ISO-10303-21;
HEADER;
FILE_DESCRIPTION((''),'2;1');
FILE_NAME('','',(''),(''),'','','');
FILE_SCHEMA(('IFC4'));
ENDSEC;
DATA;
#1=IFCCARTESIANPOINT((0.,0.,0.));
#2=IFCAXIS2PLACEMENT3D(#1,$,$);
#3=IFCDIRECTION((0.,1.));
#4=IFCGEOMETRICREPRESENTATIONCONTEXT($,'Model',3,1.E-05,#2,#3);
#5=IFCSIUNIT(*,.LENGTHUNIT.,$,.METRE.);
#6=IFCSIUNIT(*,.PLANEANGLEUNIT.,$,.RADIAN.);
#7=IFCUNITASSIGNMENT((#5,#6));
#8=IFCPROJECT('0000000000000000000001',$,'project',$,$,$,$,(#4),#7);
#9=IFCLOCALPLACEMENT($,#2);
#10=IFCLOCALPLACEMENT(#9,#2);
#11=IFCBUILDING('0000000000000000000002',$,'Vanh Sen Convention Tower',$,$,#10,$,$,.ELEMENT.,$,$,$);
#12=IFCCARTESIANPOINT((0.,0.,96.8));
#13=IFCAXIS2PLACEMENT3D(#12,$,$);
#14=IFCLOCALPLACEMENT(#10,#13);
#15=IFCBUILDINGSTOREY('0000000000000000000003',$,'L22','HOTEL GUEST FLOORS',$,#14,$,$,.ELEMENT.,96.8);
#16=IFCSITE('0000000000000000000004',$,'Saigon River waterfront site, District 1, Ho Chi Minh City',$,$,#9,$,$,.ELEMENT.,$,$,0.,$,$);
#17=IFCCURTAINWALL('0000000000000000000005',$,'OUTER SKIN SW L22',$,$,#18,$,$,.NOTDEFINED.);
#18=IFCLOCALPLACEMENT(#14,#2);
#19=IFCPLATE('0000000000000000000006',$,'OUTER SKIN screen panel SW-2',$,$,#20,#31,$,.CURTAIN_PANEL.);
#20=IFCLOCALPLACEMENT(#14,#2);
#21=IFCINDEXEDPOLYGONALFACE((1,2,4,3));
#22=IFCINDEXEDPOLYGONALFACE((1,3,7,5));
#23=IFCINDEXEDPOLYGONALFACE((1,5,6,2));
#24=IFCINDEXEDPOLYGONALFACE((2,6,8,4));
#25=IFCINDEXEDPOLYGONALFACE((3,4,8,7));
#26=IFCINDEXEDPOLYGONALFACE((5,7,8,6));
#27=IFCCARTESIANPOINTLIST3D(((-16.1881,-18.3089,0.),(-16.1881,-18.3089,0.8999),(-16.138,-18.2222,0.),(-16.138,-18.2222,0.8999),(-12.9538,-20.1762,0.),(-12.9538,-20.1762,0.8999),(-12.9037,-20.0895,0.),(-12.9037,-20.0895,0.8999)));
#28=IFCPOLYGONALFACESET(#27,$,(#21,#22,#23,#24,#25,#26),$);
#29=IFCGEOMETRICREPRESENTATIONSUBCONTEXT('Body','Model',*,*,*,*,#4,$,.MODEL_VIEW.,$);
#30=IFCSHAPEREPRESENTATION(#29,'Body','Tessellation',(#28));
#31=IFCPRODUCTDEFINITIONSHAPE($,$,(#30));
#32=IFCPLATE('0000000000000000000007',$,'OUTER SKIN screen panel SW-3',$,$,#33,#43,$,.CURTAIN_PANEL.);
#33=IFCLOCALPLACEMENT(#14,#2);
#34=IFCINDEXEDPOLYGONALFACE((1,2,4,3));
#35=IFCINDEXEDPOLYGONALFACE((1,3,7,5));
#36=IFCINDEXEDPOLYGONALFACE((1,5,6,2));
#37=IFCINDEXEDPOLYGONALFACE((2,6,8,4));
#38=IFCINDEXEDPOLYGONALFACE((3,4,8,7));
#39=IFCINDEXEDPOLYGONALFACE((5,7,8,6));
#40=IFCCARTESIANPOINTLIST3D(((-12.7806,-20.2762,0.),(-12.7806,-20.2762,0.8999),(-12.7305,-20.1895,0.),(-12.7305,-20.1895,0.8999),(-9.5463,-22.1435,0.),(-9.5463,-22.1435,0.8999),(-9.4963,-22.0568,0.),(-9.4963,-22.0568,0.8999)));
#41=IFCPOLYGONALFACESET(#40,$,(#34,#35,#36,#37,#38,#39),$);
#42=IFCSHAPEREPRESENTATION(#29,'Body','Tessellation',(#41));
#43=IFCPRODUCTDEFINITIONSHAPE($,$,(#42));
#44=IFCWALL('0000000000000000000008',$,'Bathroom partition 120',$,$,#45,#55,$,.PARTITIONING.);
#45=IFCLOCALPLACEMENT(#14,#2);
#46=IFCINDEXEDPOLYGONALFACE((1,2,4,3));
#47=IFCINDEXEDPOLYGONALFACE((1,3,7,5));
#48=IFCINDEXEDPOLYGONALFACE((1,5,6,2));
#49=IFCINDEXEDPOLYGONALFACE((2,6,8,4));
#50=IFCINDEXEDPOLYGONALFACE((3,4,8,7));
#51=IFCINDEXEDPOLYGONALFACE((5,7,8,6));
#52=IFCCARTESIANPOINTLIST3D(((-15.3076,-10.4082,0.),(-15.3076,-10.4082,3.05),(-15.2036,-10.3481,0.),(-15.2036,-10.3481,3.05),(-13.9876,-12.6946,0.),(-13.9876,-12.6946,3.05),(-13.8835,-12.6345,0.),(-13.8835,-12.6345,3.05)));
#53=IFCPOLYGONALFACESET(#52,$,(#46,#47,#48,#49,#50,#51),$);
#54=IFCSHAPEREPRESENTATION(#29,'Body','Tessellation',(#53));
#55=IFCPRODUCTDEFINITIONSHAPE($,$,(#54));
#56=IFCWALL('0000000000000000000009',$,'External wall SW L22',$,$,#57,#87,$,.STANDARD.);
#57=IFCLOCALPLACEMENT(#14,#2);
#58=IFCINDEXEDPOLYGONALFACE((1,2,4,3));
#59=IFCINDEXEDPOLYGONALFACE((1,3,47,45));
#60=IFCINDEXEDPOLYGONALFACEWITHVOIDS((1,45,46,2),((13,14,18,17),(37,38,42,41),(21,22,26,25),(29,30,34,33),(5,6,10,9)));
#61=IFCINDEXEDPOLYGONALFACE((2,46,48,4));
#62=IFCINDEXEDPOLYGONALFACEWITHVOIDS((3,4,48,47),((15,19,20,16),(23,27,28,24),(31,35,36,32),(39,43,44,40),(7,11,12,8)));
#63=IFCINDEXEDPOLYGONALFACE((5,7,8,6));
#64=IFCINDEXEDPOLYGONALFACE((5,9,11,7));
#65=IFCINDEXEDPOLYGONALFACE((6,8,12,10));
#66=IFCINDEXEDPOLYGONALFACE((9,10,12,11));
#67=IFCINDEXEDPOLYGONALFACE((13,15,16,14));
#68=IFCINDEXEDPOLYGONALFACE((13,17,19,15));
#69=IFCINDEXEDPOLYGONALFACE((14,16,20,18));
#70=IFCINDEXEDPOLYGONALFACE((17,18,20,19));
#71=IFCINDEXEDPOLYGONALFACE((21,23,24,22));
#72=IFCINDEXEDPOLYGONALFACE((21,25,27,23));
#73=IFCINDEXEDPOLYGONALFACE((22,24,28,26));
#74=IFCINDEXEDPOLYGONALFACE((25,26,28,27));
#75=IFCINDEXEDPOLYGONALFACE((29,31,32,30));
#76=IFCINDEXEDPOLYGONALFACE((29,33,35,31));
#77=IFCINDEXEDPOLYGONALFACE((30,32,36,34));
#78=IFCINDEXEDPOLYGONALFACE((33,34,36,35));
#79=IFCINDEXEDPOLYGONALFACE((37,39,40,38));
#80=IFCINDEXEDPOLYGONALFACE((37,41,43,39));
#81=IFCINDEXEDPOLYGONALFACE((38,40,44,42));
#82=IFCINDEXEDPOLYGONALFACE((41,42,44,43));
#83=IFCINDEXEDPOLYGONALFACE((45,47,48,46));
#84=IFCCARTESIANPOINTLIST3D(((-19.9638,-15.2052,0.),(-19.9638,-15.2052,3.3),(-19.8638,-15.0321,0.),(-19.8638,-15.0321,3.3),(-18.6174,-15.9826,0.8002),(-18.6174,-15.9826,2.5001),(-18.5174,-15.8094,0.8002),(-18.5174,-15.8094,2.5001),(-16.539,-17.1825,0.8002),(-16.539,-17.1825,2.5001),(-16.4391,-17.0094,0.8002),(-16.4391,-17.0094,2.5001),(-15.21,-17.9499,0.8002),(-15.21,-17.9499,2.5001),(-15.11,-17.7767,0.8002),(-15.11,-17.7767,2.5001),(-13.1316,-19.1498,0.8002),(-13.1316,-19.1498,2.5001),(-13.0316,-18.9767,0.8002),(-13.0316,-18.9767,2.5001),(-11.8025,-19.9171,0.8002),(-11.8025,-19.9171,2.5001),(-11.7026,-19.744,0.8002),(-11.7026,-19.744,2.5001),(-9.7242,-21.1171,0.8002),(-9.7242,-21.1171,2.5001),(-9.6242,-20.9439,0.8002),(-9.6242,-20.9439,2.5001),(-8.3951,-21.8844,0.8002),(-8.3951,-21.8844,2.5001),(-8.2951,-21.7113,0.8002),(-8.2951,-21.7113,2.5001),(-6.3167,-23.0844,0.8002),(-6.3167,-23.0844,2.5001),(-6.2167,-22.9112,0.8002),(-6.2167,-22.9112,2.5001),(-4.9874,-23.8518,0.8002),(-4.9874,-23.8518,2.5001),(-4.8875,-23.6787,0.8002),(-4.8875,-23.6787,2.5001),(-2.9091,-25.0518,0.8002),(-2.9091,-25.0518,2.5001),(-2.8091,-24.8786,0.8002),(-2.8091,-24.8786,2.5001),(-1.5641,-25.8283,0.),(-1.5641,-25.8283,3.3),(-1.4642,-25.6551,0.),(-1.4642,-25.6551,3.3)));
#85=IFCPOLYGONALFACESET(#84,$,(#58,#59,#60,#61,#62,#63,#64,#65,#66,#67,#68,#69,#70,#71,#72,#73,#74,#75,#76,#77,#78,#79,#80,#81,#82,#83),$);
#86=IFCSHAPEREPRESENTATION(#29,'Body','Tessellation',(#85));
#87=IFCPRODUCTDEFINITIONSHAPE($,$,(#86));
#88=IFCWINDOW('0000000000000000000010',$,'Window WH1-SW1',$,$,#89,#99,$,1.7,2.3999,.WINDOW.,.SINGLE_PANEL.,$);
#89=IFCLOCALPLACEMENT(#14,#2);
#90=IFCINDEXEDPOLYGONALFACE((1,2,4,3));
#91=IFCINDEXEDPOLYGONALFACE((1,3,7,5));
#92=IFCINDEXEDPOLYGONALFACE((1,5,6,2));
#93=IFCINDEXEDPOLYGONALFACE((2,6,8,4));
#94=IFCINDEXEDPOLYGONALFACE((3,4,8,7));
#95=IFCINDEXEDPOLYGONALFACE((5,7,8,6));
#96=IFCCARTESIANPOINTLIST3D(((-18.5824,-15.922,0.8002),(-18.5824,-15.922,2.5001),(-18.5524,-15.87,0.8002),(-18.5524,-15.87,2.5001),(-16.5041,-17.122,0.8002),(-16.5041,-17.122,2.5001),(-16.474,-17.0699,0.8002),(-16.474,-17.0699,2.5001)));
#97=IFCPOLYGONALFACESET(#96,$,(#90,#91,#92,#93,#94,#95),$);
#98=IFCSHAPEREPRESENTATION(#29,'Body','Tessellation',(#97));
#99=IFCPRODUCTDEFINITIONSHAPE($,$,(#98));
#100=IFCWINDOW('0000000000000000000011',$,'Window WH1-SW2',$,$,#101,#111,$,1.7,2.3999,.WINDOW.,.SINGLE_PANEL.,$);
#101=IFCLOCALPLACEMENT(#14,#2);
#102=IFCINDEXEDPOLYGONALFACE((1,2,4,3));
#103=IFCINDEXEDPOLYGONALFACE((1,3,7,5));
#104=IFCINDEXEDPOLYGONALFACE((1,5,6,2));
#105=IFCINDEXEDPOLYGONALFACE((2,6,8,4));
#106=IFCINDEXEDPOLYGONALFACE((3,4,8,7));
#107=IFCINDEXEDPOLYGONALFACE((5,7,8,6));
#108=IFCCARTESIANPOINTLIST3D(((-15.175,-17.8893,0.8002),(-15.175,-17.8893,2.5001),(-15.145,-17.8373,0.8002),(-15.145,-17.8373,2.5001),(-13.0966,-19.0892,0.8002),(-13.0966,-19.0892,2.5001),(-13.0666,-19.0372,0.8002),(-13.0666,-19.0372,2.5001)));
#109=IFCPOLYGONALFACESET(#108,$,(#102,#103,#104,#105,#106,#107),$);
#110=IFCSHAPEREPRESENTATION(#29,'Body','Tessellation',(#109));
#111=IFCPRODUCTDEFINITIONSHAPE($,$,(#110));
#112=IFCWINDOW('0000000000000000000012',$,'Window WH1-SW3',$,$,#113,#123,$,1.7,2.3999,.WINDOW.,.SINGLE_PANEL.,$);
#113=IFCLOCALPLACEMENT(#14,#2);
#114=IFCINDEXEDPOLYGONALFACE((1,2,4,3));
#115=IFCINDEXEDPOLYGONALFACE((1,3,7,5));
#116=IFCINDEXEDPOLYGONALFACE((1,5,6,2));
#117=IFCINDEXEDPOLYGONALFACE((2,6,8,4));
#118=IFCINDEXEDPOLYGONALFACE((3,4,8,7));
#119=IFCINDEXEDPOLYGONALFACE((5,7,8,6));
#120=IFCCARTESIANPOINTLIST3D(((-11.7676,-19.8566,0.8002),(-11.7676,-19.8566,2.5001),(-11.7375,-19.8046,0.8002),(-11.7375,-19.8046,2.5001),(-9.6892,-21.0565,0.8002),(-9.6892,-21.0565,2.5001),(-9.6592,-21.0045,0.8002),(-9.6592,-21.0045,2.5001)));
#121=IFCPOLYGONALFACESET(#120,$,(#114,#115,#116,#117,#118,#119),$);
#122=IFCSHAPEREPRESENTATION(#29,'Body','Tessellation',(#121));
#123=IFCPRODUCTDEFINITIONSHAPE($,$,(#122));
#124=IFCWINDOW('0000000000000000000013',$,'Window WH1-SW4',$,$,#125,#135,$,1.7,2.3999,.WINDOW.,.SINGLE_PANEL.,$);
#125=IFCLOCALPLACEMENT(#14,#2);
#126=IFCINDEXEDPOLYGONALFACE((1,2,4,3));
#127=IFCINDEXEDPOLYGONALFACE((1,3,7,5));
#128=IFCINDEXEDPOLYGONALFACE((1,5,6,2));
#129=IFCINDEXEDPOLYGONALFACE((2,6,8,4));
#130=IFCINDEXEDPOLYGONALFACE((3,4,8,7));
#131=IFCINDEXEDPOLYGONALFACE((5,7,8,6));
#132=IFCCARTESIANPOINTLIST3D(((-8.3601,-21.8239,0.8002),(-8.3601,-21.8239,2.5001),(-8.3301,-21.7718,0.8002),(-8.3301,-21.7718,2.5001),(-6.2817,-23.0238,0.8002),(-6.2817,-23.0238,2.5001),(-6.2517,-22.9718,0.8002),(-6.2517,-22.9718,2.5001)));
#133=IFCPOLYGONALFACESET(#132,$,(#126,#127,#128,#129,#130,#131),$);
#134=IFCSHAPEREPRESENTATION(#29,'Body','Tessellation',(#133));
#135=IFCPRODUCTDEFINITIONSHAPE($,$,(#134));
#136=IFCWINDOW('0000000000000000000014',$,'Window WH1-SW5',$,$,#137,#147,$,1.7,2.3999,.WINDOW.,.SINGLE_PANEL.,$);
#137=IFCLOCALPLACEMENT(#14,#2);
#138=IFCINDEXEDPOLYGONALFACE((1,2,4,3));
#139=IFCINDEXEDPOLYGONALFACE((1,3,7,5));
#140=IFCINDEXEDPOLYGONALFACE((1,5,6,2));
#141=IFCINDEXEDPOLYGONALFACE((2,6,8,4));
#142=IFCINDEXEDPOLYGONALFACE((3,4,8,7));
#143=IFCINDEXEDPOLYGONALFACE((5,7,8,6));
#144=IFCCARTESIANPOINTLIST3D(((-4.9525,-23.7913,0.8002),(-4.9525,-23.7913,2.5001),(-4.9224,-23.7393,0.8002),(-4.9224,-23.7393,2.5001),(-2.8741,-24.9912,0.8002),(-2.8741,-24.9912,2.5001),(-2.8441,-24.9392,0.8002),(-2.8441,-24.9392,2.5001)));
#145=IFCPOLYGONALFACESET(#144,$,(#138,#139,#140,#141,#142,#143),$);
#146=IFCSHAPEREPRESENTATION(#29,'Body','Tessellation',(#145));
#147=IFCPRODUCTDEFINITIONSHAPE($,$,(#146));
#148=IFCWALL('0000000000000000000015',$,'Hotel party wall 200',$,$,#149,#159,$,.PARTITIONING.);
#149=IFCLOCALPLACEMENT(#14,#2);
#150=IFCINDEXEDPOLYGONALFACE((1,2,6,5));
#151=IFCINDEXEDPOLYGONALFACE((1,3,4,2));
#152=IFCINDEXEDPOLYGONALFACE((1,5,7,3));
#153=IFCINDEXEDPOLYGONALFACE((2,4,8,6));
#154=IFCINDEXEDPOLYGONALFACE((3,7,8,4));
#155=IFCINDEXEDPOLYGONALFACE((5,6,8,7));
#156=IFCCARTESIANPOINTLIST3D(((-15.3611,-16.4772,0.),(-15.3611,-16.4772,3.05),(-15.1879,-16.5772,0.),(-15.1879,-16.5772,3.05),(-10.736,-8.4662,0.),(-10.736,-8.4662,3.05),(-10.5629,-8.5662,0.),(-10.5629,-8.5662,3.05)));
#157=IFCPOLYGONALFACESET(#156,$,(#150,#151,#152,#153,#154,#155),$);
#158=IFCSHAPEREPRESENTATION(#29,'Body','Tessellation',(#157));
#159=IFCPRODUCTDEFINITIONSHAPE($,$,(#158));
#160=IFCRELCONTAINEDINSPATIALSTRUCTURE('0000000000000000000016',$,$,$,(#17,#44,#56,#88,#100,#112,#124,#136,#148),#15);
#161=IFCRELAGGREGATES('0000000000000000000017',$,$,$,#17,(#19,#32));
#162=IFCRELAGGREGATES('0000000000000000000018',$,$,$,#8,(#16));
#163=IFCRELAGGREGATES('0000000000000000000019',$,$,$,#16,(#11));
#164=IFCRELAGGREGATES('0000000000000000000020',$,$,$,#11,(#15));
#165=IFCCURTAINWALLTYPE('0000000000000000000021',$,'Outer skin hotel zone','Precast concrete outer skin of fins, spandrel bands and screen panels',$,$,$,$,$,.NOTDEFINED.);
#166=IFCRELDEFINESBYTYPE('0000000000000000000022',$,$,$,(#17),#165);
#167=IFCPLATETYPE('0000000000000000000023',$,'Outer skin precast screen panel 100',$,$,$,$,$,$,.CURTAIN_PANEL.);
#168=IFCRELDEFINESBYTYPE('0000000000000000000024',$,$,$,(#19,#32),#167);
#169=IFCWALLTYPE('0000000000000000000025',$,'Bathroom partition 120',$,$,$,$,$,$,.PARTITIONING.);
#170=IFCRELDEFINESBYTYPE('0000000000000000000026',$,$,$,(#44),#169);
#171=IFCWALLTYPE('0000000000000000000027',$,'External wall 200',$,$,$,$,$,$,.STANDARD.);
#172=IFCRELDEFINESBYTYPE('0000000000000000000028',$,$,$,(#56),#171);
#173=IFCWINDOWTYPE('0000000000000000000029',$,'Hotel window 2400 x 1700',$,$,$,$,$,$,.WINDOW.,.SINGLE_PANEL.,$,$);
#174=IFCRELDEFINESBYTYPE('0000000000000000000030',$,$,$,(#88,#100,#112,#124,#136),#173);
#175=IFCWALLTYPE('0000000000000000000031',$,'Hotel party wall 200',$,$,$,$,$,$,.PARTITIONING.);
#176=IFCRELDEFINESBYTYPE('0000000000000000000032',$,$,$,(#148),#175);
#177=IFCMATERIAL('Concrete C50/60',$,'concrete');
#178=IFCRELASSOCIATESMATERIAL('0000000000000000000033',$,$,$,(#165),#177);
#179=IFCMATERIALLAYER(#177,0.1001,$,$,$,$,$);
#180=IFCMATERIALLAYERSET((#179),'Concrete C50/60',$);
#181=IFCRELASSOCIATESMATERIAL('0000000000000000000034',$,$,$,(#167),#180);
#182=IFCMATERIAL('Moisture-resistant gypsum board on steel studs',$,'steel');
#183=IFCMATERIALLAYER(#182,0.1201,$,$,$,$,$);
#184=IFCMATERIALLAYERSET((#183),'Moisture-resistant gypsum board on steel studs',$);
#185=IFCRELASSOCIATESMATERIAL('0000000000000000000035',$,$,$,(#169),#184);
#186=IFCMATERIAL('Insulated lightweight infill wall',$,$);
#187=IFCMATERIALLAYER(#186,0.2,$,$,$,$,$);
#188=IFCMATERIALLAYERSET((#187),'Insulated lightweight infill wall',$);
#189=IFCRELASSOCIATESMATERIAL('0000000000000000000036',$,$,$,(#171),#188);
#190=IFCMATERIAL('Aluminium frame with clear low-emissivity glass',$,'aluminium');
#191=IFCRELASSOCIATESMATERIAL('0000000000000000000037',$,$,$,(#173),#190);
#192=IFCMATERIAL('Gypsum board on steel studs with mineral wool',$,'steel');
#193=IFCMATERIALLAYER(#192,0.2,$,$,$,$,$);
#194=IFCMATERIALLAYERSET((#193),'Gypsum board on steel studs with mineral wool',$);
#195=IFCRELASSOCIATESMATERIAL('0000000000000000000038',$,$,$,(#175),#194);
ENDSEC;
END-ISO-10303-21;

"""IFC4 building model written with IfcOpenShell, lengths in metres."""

from ifc_helpers import new_model, si_unit, direction, frame, frame_2d, origin, origin_2d, place, context, subcontext, project, spatial, rectangle, extrude, material, layer, layer_set, type_object, element, fill, aggregate, save


model = new_model("IFC4")

# Units and contexts
model_context = context("Model", 3, precision=1e-05, world=origin(), true_north=direction((0.0, 1.0)))
body_context = subcontext(model_context, "Body", "Model", "MODEL_VIEW")
ifc_project = project(units=[si_unit("LENGTHUNIT", "METRE"), si_unit("PLANEANGLEUNIT", "RADIAN")], contexts=[model_context])

# Site, building, storey
site_placement = place(None, origin())
site = spatial("IfcSite", under=ifc_project, at=site_placement, Name="Saigon River waterfront site, District 1, Ho Chi Minh City", CompositionType="ELEMENT", RefElevation=0.0)
building_placement = place(site_placement, origin())
building = spatial("IfcBuilding", under=site, at=building_placement, Name="Vanh Sen Convention Tower", CompositionType="ELEMENT")
storey_placement = place(building_placement, frame((0.0, 0.0, 96.8)))
storey = spatial("IfcBuildingStorey", under=building, at=storey_placement, Name="L22", Description="HOTEL GUEST FLOORS", CompositionType="ELEMENT", Elevation=96.8)

# Curtain wall
ifc_material_1 = material(Name="Concrete C50/60", Category="concrete")
curtain_wall_type = type_object("IfcCurtainWallType", Name="Outer skin hotel zone", Description="Precast concrete outer skin of fins, spandrel bands and screen panels", PredefinedType="NOTDEFINED", material=ifc_material_1)
curtain_wall_1_placement = place(storey_placement, origin())
curtain_wall_1 = element("IfcCurtainWall", 1, at=curtain_wall_1_placement, inside=storey, type_object=curtain_wall_type, Name="OUTER SKIN SW L22", PredefinedType="NOTDEFINED")

# Shared definitions
ifc_layer_1 = layer(ifc_material_1, 0.1001)
ifc_layer_set_1 = layer_set([ifc_layer_1], Name="Concrete C50/60")
plate_type = type_object("IfcPlateType", Name="Outer skin precast screen panel 100", PredefinedType="CURTAIN_PANEL", material=ifc_layer_set_1)

# Plates
plate_1_placement = place(storey_placement, frame((-14.5459, -19.1992, 0.0), z_axis=(0.0, 0.0, 1.0), x_axis=(0.866032, -0.499988, 0.0)))
plate_1 = element("IfcPlate", 2, at=plate_1_placement, type_object=plate_type, Name="OUTER SKIN screen panel SW-2", PredefinedType="CURTAIN_PANEL", context=body_context, shape_type="SweptSolid", body=[
    extrude(rectangle(XDim=3.7346, YDim=0.1001, at=origin_2d()), origin(), (0.0, 0.0, 1.0), 0.8999),
])
plate_2_placement = place(storey_placement, frame((-11.1384, -21.1665, 0.0), z_axis=(0.0, 0.0, 1.0), x_axis=(0.866028, -0.499995, 0.0)))
plate_2 = element("IfcPlate", 3, at=plate_2_placement, type_object=plate_type, Name="OUTER SKIN screen panel SW-3", PredefinedType="CURTAIN_PANEL", context=body_context, shape_type="SweptSolid", body=[
    extrude(rectangle(XDim=3.7346, YDim=0.1001, at=origin_2d()), origin(), (0.0, 0.0, 1.0), 0.8999),
])
aggregate(curtain_wall_1, [plate_1, plate_2])

# Wall
ifc_material_2 = material(Name="Moisture-resistant gypsum board on steel studs", Category="steel")
ifc_layer_2 = layer(ifc_material_2, 0.1201)
ifc_layer_set_2 = layer_set([ifc_layer_2], Name="Moisture-resistant gypsum board on steel studs")
wall_type_1 = type_object("IfcWallType", Name="Bathroom partition 120", PredefinedType="PARTITIONING", material=ifc_layer_set_2)
wall_1_placement = place(storey_placement, frame((-13.9355, -12.6646, 0.0), z_axis=(0.0, 0.0, 1.0), x_axis=(-0.500008, 0.866021, 0.0)))
element("IfcWall", 4, at=wall_1_placement, inside=storey, type_object=wall_type_1, Name="Bathroom partition 120", PredefinedType="PARTITIONING", context=body_context, shape_type="SweptSolid", body=[
    extrude(rectangle(XDim=2.6401, YDim=0.1201, at=frame_2d((1.3201, 0.0))), origin(), (0.0, 0.0, 1.0), 3.05),
])

# Wall, openings, windows
ifc_material_3 = material(Name="Insulated lightweight infill wall")
ifc_layer_3 = layer(ifc_material_3, 0.2)
ifc_layer_set_3 = layer_set([ifc_layer_3], Name="Insulated lightweight infill wall")
wall_type_2 = type_object("IfcWallType", Name="External wall 200", PredefinedType="STANDARD", material=ifc_layer_set_3)
wall_2_placement = place(storey_placement, frame((-19.9138, -15.1187, 0.0), z_axis=(0.0, 0.0, 1.0), x_axis=(0.866025, -0.5, 0.0)))
wall_2 = element("IfcWall", 5, at=wall_2_placement, inside=storey, type_object=wall_type_2, Name="External wall SW L22", PredefinedType="STANDARD", context=body_context, shape_type="SweptSolid", body=[
    extrude(rectangle(XDim=21.2461, YDim=0.2, at=frame_2d((10.623, 0.0))), origin(), (0.0, 0.0, 1.0), 3.3),
])
opening_1_placement = place(wall_2_placement, frame((1.5547, 0.0, 0.8)))
opening_1 = element("IfcOpeningElement", 6, at=opening_1_placement, cuts=wall_2, PredefinedType="OPENING", context=body_context, shape_type="SweptSolid", body=[
    extrude(rectangle(XDim=2.3999, YDim=1.7, at=frame_2d((1.2, 0.8501))), frame((0.0, 0.1099, 0.0), z_axis=(0.0, -1.0, 0.0), x_axis=(1.0, 0.0, 0.0)), (0.0, 0.0, 1.0), 0.22),
])
opening_2_placement = place(wall_2_placement, frame((5.4893, 0.0, 0.8)))
opening_2 = element("IfcOpeningElement", 7, at=opening_2_placement, cuts=wall_2, PredefinedType="OPENING", context=body_context, shape_type="SweptSolid", body=[
    extrude(rectangle(XDim=2.3999, YDim=1.7, at=frame_2d((1.2, 0.8501))), frame((0.0, 0.1099, 0.0), z_axis=(0.0, -1.0, 0.0), x_axis=(1.0, 0.0, 0.0)), (0.0, 0.0, 1.0), 0.22),
])
opening_3_placement = place(wall_2_placement, frame((9.4238, 0.0, 0.8)))
opening_3 = element("IfcOpeningElement", 8, at=opening_3_placement, cuts=wall_2, PredefinedType="OPENING", context=body_context, shape_type="SweptSolid", body=[
    extrude(rectangle(XDim=2.3999, YDim=1.7, at=frame_2d((1.2, 0.8501))), frame((0.0, 0.1099, 0.0), z_axis=(0.0, -1.0, 0.0), x_axis=(1.0, 0.0, 0.0)), (0.0, 0.0, 1.0), 0.22),
])
opening_4_placement = place(wall_2_placement, frame((13.3584, 0.0, 0.8)))
opening_4 = element("IfcOpeningElement", 9, at=opening_4_placement, cuts=wall_2, PredefinedType="OPENING", context=body_context, shape_type="SweptSolid", body=[
    extrude(rectangle(XDim=2.3999, YDim=1.7, at=frame_2d((1.2, 0.8501))), frame((0.0, 0.1099, 0.0), z_axis=(0.0, -1.0, 0.0), x_axis=(1.0, 0.0, 0.0)), (0.0, 0.0, 1.0), 0.22),
])
opening_5_placement = place(wall_2_placement, frame((17.2932, 0.0, 0.8)))
opening_5 = element("IfcOpeningElement", 10, at=opening_5_placement, cuts=wall_2, PredefinedType="OPENING", context=body_context, shape_type="SweptSolid", body=[
    extrude(rectangle(XDim=2.3999, YDim=1.7, at=frame_2d((1.2, 0.8501))), frame((0.0, 0.1099, 0.0), z_axis=(0.0, -1.0, 0.0), x_axis=(1.0, 0.0, 0.0)), (0.0, 0.0, 1.0), 0.22),
])
ifc_material_4 = material(Name="Aluminium frame with clear low-emissivity glass", Category="aluminium")
window_type = type_object("IfcWindowType", Name="Hotel window 2400 x 1700", PartitioningType="SINGLE_PANEL", PredefinedType="WINDOW", material=ifc_material_4)
window_1_placement = place(opening_1_placement, origin())
window_1 = element("IfcWindow", 11, at=window_1_placement, inside=storey, type_object=window_type, Name="Window WH1-SW1", OverallHeight=1.7, OverallWidth=2.3999, PartitioningType="SINGLE_PANEL", PredefinedType="WINDOW", context=body_context, shape_type="SweptSolid", body=[
    extrude(rectangle(XDim=2.3999, YDim=1.7, at=frame_2d((1.2, 0.8501))), frame((0.0, 0.03, 0.0), z_axis=(0.0, -1.0, 0.0), x_axis=(1.0, 0.0, 0.0)), (0.0, 0.0, 1.0), 0.0601),
])
fill(opening_1, window_1)
window_2_placement = place(opening_2_placement, origin())
window_2 = element("IfcWindow", 12, at=window_2_placement, inside=storey, type_object=window_type, Name="Window WH1-SW2", OverallHeight=1.7, OverallWidth=2.3999, PartitioningType="SINGLE_PANEL", PredefinedType="WINDOW", context=body_context, shape_type="SweptSolid", body=[
    extrude(rectangle(XDim=2.3999, YDim=1.7, at=frame_2d((1.2, 0.8501))), frame((0.0, 0.03, 0.0), z_axis=(0.0, -1.0, 0.0), x_axis=(1.0, 0.0, 0.0)), (0.0, 0.0, 1.0), 0.0601),
])
fill(opening_2, window_2)
window_3_placement = place(opening_3_placement, origin())
window_3 = element("IfcWindow", 13, at=window_3_placement, inside=storey, type_object=window_type, Name="Window WH1-SW3", OverallHeight=1.7, OverallWidth=2.3999, PartitioningType="SINGLE_PANEL", PredefinedType="WINDOW", context=body_context, shape_type="SweptSolid", body=[
    extrude(rectangle(XDim=2.3999, YDim=1.7, at=frame_2d((1.2, 0.8501))), frame((0.0, 0.03, 0.0), z_axis=(0.0, -1.0, 0.0), x_axis=(1.0, 0.0, 0.0)), (0.0, 0.0, 1.0), 0.0601),
])
fill(opening_3, window_3)
window_4_placement = place(opening_4_placement, origin())
window_4 = element("IfcWindow", 14, at=window_4_placement, inside=storey, type_object=window_type, Name="Window WH1-SW4", OverallHeight=1.7, OverallWidth=2.3999, PartitioningType="SINGLE_PANEL", PredefinedType="WINDOW", context=body_context, shape_type="SweptSolid", body=[
    extrude(rectangle(XDim=2.3999, YDim=1.7, at=frame_2d((1.2, 0.8501))), frame((0.0, 0.03, 0.0), z_axis=(0.0, -1.0, 0.0), x_axis=(1.0, 0.0, 0.0)), (0.0, 0.0, 1.0), 0.0601),
])
fill(opening_4, window_4)
window_5_placement = place(opening_5_placement, origin())
window_5 = element("IfcWindow", 15, at=window_5_placement, inside=storey, type_object=window_type, Name="Window WH1-SW5", OverallHeight=1.7, OverallWidth=2.3999, PartitioningType="SINGLE_PANEL", PredefinedType="WINDOW", context=body_context, shape_type="SweptSolid", body=[
    extrude(rectangle(XDim=2.3999, YDim=1.7, at=frame_2d((1.2, 0.8501))), frame((0.0, 0.03, 0.0), z_axis=(0.0, -1.0, 0.0), x_axis=(1.0, 0.0, 0.0)), (0.0, 0.0, 1.0), 0.0601),
])
fill(opening_5, window_5)

# Wall
ifc_material_5 = material(Name="Gypsum board on steel studs with mineral wool", Category="steel")
ifc_layer_4 = layer(ifc_material_5, 0.2)
ifc_layer_set_4 = layer_set([ifc_layer_4], Name="Gypsum board on steel studs with mineral wool")
wall_type_3 = type_object("IfcWallType", Name="Hotel party wall 200", PredefinedType="PARTITIONING", material=ifc_layer_set_4)
wall_3_placement = place(storey_placement, frame((-15.2744, -16.5271, 0.0), z_axis=(0.0, 0.0, 1.0), x_axis=(0.499988, 0.866032, 0.0)))
element("IfcWall", 16, at=wall_3_placement, inside=storey, type_object=wall_type_3, Name="Hotel party wall 200", PredefinedType="PARTITIONING", context=body_context, shape_type="SweptSolid", body=[
    extrude(rectangle(XDim=9.2502, YDim=0.2, at=frame_2d((4.625, 0.0))), origin(), (0.0, 0.0, 1.0), 3.05),
])

save(model, "model.ifc")
